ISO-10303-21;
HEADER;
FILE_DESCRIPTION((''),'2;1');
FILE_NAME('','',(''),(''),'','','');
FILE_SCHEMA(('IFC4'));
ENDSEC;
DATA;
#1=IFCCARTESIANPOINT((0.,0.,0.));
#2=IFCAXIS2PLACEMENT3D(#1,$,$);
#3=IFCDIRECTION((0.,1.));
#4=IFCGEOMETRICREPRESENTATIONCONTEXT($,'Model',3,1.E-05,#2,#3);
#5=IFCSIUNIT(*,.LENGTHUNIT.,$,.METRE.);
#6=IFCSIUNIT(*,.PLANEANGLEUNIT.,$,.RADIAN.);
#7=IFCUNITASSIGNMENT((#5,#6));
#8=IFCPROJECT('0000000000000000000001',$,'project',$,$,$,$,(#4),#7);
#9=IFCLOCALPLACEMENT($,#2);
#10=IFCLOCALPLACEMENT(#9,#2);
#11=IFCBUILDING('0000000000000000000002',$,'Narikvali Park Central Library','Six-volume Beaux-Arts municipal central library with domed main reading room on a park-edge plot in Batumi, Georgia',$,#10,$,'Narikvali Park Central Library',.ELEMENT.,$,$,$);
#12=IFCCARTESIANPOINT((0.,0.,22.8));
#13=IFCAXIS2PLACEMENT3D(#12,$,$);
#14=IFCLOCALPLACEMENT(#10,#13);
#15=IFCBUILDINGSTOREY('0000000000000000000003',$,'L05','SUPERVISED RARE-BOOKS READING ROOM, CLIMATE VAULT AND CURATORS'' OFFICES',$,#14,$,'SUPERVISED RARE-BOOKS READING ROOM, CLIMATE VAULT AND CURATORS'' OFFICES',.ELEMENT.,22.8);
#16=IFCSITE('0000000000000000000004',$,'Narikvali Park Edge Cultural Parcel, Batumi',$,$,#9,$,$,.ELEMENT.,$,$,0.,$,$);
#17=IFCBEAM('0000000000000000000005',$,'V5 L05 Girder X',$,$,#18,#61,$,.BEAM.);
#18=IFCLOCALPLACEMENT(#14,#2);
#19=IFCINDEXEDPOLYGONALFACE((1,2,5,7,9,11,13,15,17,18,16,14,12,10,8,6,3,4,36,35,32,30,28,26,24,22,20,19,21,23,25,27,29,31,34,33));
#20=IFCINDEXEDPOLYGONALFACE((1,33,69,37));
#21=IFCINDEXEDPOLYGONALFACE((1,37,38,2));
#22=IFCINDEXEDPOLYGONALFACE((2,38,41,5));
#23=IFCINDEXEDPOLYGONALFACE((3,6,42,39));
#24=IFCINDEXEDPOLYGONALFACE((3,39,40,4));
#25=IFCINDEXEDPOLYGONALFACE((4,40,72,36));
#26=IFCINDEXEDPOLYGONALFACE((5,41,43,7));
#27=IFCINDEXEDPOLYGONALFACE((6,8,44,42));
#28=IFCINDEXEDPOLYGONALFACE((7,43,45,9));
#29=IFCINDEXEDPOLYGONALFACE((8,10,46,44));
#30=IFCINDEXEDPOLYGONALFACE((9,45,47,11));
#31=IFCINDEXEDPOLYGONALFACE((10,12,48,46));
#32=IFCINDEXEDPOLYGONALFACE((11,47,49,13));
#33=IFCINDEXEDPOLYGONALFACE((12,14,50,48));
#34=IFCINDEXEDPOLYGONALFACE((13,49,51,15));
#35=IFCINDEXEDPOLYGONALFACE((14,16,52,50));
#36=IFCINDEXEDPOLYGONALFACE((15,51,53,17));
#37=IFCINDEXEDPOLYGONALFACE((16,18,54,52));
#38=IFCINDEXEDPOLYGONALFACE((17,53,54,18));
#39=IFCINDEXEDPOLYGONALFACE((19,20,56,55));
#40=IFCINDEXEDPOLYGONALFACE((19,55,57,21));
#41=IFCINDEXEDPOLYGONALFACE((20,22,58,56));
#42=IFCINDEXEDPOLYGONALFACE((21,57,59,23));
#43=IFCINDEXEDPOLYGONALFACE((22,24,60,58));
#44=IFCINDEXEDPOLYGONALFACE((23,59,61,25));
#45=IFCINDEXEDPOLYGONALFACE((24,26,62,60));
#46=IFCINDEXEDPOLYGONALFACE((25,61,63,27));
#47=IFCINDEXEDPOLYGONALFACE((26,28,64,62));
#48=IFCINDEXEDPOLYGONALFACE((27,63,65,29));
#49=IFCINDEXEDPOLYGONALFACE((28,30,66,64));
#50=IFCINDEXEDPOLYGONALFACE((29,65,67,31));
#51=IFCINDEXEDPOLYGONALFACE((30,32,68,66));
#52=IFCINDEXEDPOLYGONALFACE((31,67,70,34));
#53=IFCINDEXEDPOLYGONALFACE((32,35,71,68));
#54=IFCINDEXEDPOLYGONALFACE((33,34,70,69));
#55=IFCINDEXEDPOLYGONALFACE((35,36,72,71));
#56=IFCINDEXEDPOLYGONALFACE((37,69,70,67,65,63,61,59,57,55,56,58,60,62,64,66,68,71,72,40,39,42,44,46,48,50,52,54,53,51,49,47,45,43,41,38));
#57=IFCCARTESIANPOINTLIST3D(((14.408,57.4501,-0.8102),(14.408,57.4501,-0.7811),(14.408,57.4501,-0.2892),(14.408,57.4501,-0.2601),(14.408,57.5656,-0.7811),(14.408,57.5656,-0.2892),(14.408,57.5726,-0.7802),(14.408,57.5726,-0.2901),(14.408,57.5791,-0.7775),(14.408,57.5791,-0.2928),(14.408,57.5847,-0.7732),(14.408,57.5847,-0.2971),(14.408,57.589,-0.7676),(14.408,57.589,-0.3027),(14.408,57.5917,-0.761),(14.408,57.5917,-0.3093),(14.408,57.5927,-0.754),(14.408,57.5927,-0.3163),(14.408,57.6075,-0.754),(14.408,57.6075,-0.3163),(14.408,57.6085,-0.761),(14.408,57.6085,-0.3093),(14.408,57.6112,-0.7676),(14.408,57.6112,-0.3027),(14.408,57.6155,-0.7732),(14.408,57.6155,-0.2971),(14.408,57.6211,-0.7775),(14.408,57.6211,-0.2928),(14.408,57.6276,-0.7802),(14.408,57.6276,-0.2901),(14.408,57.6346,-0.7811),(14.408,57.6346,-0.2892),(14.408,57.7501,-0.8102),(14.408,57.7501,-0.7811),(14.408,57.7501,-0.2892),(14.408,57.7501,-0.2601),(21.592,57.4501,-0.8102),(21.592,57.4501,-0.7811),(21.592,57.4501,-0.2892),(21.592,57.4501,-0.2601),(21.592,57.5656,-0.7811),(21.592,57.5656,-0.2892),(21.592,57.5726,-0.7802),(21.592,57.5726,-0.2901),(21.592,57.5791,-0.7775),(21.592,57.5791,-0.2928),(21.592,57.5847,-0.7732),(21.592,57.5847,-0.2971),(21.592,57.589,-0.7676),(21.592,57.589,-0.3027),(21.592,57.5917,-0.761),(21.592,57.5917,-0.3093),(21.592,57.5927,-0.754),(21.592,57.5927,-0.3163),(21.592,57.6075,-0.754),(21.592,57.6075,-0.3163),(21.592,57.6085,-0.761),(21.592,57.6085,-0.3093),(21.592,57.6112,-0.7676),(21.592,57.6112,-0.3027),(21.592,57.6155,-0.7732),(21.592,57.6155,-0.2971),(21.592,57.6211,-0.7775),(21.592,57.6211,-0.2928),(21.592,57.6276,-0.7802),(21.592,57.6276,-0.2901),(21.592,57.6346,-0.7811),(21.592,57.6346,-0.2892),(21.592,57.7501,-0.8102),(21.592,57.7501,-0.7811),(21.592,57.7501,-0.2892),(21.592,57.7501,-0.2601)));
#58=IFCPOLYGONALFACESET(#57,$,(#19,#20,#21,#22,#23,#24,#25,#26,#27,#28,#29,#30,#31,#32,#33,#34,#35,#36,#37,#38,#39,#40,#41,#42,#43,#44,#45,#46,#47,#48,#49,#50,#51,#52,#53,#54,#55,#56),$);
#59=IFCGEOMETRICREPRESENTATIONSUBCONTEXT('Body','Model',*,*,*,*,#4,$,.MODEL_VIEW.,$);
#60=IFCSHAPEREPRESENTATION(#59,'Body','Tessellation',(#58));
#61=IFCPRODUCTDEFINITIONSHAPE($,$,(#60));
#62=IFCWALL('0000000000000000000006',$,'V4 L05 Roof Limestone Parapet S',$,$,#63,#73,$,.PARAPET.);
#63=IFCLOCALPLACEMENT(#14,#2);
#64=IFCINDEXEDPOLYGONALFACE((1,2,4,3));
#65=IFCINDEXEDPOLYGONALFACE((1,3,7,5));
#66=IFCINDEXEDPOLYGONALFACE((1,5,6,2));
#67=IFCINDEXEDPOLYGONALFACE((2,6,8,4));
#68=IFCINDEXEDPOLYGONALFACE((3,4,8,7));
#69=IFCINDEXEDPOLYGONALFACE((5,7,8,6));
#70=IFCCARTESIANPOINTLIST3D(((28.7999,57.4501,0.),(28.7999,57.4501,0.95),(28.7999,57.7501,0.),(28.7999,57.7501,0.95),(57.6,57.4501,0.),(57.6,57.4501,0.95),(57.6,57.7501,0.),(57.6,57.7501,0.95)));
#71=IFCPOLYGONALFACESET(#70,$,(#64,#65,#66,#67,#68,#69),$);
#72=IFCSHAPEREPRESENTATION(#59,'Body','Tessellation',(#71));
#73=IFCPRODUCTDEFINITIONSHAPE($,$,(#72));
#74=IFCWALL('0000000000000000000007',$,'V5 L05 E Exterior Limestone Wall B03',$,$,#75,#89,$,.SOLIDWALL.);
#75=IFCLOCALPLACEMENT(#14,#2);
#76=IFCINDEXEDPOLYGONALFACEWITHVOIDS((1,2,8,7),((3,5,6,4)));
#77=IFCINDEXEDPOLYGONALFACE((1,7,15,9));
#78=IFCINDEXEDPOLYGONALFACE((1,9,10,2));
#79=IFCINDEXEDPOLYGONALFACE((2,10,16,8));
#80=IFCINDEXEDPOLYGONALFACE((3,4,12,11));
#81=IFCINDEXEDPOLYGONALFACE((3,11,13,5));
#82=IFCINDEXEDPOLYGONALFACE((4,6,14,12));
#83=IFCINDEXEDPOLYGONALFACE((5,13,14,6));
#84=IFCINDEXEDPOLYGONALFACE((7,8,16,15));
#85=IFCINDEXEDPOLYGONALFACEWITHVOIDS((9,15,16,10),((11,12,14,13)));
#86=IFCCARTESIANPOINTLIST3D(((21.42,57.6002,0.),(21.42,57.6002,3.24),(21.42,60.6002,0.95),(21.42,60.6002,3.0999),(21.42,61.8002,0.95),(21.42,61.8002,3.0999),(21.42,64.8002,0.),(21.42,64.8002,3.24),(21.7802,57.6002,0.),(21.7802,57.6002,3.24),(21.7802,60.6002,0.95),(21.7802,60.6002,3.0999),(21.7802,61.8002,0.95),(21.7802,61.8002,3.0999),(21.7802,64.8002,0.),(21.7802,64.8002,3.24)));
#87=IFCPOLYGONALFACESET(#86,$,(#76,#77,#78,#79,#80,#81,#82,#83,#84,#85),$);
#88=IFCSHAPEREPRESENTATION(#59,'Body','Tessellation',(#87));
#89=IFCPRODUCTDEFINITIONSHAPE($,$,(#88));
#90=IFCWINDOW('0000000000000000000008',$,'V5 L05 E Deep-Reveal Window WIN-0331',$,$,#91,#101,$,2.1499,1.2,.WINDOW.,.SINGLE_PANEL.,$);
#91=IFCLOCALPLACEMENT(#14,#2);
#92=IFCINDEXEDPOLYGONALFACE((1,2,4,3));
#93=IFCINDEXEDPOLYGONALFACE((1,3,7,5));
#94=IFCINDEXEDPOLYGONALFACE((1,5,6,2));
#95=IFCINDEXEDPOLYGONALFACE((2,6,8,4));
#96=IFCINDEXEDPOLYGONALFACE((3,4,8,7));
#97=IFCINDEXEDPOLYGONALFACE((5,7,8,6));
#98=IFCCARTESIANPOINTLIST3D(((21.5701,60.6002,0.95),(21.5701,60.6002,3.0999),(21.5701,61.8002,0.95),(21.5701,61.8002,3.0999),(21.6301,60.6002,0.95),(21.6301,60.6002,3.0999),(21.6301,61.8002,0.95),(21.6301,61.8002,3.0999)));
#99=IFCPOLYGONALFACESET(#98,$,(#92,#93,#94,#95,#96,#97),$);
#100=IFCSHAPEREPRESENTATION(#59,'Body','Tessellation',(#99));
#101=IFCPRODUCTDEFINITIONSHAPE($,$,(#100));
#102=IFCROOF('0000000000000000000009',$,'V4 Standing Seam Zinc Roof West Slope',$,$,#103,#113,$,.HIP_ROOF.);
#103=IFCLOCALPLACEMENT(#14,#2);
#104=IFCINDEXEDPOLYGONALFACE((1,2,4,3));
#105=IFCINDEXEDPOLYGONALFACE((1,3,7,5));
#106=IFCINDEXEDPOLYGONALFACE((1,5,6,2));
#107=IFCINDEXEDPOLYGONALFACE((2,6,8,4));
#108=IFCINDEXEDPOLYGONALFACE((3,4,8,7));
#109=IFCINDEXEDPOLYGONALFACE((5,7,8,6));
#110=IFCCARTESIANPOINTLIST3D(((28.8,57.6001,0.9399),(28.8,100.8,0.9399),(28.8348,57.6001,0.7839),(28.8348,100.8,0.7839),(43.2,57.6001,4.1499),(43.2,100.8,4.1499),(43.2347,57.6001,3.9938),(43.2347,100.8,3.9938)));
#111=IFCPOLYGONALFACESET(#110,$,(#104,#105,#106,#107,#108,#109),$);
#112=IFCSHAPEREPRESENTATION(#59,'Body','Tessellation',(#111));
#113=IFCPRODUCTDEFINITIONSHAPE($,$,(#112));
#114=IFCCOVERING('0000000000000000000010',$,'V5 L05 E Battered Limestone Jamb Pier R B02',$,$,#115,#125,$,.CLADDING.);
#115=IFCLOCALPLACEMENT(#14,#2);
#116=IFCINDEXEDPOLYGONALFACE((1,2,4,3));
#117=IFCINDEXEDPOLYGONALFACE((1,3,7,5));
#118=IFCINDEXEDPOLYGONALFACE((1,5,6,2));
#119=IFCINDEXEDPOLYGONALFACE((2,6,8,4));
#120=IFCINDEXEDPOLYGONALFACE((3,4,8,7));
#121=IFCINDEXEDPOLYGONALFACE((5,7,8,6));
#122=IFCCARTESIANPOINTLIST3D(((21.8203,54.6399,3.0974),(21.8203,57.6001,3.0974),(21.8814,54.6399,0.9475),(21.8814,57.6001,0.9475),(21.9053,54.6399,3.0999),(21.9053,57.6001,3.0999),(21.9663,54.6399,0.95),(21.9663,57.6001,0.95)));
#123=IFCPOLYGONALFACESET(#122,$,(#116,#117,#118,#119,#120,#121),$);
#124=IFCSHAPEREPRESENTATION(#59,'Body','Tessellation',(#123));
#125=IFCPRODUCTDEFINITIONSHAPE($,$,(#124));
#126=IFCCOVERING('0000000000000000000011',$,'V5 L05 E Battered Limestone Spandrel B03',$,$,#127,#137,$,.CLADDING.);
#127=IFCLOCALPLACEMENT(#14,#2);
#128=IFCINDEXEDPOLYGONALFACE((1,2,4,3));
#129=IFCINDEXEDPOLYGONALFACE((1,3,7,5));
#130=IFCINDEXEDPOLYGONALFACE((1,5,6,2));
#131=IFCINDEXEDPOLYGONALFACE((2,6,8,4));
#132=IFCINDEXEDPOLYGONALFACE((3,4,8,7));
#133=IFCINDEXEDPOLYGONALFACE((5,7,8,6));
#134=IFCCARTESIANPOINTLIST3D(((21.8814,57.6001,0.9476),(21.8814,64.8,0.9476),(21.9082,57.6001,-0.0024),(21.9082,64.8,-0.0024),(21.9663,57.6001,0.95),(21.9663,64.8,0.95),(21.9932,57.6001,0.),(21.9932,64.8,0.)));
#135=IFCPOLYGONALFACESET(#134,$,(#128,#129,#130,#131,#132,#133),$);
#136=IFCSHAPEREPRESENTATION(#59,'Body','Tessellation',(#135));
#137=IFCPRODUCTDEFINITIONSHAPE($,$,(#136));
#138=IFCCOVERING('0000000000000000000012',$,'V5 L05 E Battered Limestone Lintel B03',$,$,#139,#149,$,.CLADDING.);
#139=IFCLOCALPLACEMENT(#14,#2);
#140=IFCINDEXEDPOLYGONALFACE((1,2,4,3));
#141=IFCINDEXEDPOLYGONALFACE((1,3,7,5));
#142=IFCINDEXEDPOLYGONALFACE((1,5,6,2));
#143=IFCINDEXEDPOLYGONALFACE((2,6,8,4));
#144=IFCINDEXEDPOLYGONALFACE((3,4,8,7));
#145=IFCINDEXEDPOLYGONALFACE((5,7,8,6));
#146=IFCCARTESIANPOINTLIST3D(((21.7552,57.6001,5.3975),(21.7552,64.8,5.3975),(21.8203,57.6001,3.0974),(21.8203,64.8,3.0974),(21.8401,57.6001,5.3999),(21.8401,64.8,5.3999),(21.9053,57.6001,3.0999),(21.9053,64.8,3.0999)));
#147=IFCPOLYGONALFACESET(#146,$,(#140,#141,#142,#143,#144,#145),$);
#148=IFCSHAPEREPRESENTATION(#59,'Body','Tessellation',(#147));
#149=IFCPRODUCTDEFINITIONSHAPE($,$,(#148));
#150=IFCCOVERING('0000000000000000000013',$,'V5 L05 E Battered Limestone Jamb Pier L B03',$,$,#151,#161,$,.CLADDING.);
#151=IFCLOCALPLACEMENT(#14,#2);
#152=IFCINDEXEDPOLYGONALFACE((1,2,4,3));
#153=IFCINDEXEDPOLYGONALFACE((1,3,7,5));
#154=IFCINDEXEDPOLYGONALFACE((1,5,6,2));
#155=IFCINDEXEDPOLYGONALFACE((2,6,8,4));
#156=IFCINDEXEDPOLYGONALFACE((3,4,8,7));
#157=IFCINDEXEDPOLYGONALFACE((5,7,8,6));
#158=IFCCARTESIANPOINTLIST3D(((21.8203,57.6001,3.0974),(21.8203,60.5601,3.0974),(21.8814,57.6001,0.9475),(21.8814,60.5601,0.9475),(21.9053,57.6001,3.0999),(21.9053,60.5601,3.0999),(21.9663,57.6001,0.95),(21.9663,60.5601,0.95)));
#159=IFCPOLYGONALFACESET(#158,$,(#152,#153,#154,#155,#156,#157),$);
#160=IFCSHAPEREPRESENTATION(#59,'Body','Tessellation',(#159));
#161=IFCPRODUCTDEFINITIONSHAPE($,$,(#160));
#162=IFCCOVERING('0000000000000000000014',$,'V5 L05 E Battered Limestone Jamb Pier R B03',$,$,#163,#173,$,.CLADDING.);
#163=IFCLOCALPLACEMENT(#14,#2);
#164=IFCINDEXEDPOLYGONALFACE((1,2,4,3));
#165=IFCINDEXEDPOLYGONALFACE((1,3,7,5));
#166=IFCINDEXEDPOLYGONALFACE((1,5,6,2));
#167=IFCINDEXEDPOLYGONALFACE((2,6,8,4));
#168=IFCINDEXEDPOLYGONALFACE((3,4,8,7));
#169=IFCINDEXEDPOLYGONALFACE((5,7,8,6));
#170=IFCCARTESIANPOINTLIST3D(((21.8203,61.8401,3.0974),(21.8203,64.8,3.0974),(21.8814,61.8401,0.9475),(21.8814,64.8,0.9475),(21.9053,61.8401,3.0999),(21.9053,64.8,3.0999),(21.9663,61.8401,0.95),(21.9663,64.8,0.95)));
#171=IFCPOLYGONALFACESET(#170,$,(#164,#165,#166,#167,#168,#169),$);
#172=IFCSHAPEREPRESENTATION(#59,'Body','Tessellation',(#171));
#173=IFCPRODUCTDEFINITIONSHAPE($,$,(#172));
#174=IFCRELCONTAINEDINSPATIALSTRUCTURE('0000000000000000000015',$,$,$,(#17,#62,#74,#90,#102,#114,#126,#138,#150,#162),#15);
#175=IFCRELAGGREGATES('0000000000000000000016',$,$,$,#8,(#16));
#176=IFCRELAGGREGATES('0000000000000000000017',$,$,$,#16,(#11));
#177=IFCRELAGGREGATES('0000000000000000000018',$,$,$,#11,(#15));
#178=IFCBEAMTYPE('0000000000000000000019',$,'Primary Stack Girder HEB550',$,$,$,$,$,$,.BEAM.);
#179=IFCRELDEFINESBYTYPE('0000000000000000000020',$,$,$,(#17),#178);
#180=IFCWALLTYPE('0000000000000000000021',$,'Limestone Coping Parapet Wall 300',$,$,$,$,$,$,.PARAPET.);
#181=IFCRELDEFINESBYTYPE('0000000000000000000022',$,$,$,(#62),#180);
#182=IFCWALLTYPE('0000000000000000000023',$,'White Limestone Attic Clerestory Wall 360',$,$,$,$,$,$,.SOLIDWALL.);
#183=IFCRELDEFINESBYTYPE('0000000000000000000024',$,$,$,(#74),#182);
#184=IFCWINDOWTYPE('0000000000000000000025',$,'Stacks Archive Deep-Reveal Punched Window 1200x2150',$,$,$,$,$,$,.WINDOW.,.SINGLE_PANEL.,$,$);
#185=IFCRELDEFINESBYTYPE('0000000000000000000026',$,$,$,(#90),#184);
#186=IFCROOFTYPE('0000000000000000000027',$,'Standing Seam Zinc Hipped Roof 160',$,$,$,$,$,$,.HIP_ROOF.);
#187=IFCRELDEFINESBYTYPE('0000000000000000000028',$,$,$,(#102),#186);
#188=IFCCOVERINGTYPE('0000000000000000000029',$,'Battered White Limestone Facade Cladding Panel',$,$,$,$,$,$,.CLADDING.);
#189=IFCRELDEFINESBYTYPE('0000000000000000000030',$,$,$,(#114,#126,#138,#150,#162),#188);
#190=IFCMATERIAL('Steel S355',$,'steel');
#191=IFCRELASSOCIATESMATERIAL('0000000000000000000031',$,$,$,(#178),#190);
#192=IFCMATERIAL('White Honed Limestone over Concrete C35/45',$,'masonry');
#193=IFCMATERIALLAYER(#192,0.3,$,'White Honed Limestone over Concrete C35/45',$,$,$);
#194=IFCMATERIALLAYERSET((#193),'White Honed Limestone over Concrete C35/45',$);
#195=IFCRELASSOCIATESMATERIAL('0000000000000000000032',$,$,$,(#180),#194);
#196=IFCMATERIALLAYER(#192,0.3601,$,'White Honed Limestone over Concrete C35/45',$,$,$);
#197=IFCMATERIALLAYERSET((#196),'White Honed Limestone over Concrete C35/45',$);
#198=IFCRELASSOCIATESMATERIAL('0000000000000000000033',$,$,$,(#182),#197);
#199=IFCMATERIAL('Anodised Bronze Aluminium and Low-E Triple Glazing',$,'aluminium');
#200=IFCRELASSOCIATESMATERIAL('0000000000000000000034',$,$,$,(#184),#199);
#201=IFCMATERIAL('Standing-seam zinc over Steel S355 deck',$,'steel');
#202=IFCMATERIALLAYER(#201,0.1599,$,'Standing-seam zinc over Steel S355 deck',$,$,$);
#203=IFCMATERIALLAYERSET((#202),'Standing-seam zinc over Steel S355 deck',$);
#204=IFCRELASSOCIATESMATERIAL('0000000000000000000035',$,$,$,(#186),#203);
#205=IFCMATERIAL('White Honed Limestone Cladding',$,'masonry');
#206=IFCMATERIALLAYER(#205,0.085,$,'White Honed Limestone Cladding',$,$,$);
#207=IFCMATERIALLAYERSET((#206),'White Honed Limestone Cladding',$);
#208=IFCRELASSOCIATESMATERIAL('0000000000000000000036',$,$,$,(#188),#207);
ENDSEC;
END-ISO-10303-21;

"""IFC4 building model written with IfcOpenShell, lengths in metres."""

from ifc_helpers import new_model, si_unit, direction, frame, frame_2d, origin, origin_2d, place, context, subcontext, project, spatial, polyline, rectangle, i_section, outline, extrude, material, layer, layer_set, material_profile, profile_set, type_object, element, fill, save


model = new_model("IFC4")

# Units and contexts
model_context = context("Model", 3, precision=1e-05, world=origin(), true_north=direction((0.0, 1.0)))
body_context = subcontext(model_context, "Body", "Model", "MODEL_VIEW")
ifc_project = project(units=[si_unit("LENGTHUNIT", "METRE"), si_unit("PLANEANGLEUNIT", "RADIAN")], contexts=[model_context])

# Site, building, storey
site_placement = place(None, origin())
site = spatial("IfcSite", under=ifc_project, at=site_placement, Name="Narikvali Park Edge Cultural Parcel, Batumi", CompositionType="ELEMENT", RefElevation=0.0)
building_placement = place(site_placement, origin())
building = spatial("IfcBuilding", under=site, at=building_placement, Name="Narikvali Park Central Library", Description="Six-volume Beaux-Arts municipal central library with domed main reading room on a park-edge plot in Batumi, Georgia", LongName="Narikvali Park Central Library", CompositionType="ELEMENT")
storey_placement = place(building_placement, frame((0.0, 0.0, 22.8)))
storey = spatial("IfcBuildingStorey", under=building, at=storey_placement, Name="L05", Description="SUPERVISED RARE-BOOKS READING ROOM, CLIMATE VAULT AND CURATORS' OFFICES", LongName="SUPERVISED RARE-BOOKS READING ROOM, CLIMATE VAULT AND CURATORS' OFFICES", CompositionType="ELEMENT", Elevation=22.8)

# Shared definitions
ifc_material_1 = material(Name="Steel S355", Category="steel")

# Beam
ifc_material_profile_1 = material_profile(ifc_material_1, i_section(OverallWidth=0.3, OverallDepth=0.55, WebThickness=0.0149, FlangeThickness=0.0291, FilletRadius=0.0271, at=origin_2d()), Name="HEB 550")
ifc_profile_set_1 = profile_set([ifc_material_profile_1], Name="Steel S355")
beam_type_1 = type_object("IfcBeamType", Name="Primary Stack Girder HEB550", PredefinedType="BEAM", material=ifc_profile_set_1)
beam_1_placement = place(storey_placement, frame((14.408, 57.6001, -0.5352), z_axis=(1.0, 0.0, 0.0), x_axis=(0.0, 1.0, 0.0)))
element("IfcBeam", 1, at=beam_1_placement, inside=storey, type_object=beam_type_1, Name="V5 L05 Girder X", PredefinedType="BEAM", context=body_context, shape_type="SweptSolid", body=[
    extrude(i_section(OverallWidth=0.3, OverallDepth=0.55, WebThickness=0.0149, FlangeThickness=0.0291, FilletRadius=0.0271, at=origin_2d()), origin(), (0.0, 0.0, 1.0), 7.1841),
])

# Wall
ifc_material_2 = material(Name="White Honed Limestone over Concrete C35/45", Category="masonry")
ifc_layer_1 = layer(ifc_material_2, 0.3, Name="White Honed Limestone over Concrete C35/45")
ifc_layer_set_1 = layer_set([ifc_layer_1], Name="White Honed Limestone over Concrete C35/45")
wall_type_1 = type_object("IfcWallType", Name="Limestone Coping Parapet Wall 300", PredefinedType="PARAPET", material=ifc_layer_set_1)
wall_1_placement = place(storey_placement, frame((28.8, 57.6001, 0.0), z_axis=(0.0, 0.0, 1.0), x_axis=(1.0, 0.0, 0.0)))
element("IfcWall", 2, at=wall_1_placement, inside=storey, type_object=wall_type_1, Name="V4 L05 Roof Limestone Parapet S", PredefinedType="PARAPET", context=body_context, shape_type="SweptSolid", body=[
    extrude(rectangle(XDim=28.8, YDim=0.3, at=frame_2d((14.3999, 0.0))), origin(), (0.0, 0.0, 1.0), 0.95),
])

# Wall, opening, window
ifc_layer_2 = layer(ifc_material_2, 0.3601, Name="White Honed Limestone over Concrete C35/45")
ifc_layer_set_2 = layer_set([ifc_layer_2], Name="White Honed Limestone over Concrete C35/45")
wall_type_2 = type_object("IfcWallType", Name="White Limestone Attic Clerestory Wall 360", PredefinedType="SOLIDWALL", material=ifc_layer_set_2)
wall_2_placement = place(storey_placement, frame((21.6001, 57.6001, 0.0), z_axis=(0.0, 0.0, 1.0), x_axis=(0.0, 1.0, 0.0)))
wall_2 = element("IfcWall", 3, at=wall_2_placement, inside=storey, type_object=wall_type_2, Name="V5 L05 E Exterior Limestone Wall B03", PredefinedType="SOLIDWALL", context=body_context, shape_type="SweptSolid", body=[
    extrude(rectangle(XDim=7.2, YDim=0.3601, at=frame_2d((3.6001, 0.0))), origin(), (0.0, 0.0, 1.0), 3.24),
])
opening_placement = place(wall_2_placement, frame((3.0, 0.0, 0.95)))
opening = element("IfcOpeningElement", 4, at=opening_placement, cuts=wall_2, PredefinedType="OPENING", context=body_context, shape_type="SweptSolid", body=[
    extrude(rectangle(XDim=1.2, YDim=2.1499, at=frame_2d((0.6001, 1.075))), frame((0.0, 0.1919, 0.0), z_axis=(0.0, -1.0, 0.0), x_axis=(1.0, 0.0, 0.0)), (0.0, 0.0, 1.0), 0.384),
])
ifc_material_3 = material(Name="Anodised Bronze Aluminium and Low-E Triple Glazing", Category="aluminium")
window_type = type_object("IfcWindowType", Name="Stacks Archive Deep-Reveal Punched Window 1200x2150", PartitioningType="SINGLE_PANEL", PredefinedType="WINDOW", material=ifc_material_3)
window_placement = place(opening_placement, origin())
window = element("IfcWindow", 5, at=window_placement, inside=storey, type_object=window_type, Name="V5 L05 E Deep-Reveal Window WIN-0331", OverallHeight=2.1499, OverallWidth=1.2, PartitioningType="SINGLE_PANEL", PredefinedType="WINDOW", context=body_context, shape_type="SweptSolid", body=[
    extrude(rectangle(XDim=1.2, YDim=2.1499, at=frame_2d((0.6001, 1.075))), frame((0.0, 0.03, 0.0), z_axis=(0.0, -1.0, 0.0), x_axis=(1.0, 0.0, 0.0)), (0.0, 0.0, 1.0), 0.0601),
])
fill(opening, window)

# Roof
ifc_material_4 = material(Name="Standing-seam zinc over Steel S355 deck", Category="steel")
ifc_layer_3 = layer(ifc_material_4, 0.1599, Name="Standing-seam zinc over Steel S355 deck")
ifc_layer_set_3 = layer_set([ifc_layer_3], Name="Standing-seam zinc over Steel S355 deck")
roof_type = type_object("IfcRoofType", Name="Standing Seam Zinc Hipped Roof 160", PredefinedType="HIP_ROOF", material=ifc_layer_set_3)
roof_placement = place(storey_placement, frame((28.8, 57.6001, 0.9399), z_axis=(-0.217575, 0.0, 0.976044), x_axis=(0.976044, 0.0, 0.217575)))
element("IfcRoof", 6, at=roof_placement, inside=storey, type_object=roof_type, Name="V4 Standing Seam Zinc Roof West Slope", PredefinedType="HIP_ROOF", context=body_context, shape_type="SweptSolid", body=[
    extrude(outline(polyline([(0.0, 0.0), (14.7533, 0.0), (14.7533, 43.2), (0.0, 43.2), (0.0, 0.0)])), origin(), (0.0, 0.0, -1.0), 0.1599),
])

# Coverings
ifc_material_5 = material(Name="White Honed Limestone Cladding", Category="masonry")
ifc_layer_4 = layer(ifc_material_5, 0.085, Name="White Honed Limestone Cladding")
ifc_layer_set_4 = layer_set([ifc_layer_4], Name="White Honed Limestone Cladding")
covering_type = type_object("IfcCoveringType", Name="Battered White Limestone Facade Cladding Panel", PredefinedType="CLADDING", material=ifc_layer_set_4)
covering_1_placement = place(storey_placement, frame((21.9663, 54.6399, 0.95), z_axis=(0.999597, 0.0, 0.028378), x_axis=(0.0, 1.0, 0.0)))
element("IfcCovering", 7, at=covering_1_placement, inside=storey, type_object=covering_type, Name="V5 L05 E Battered Limestone Jamb Pier R B02", PredefinedType="CLADDING", context=body_context, shape_type="SweptSolid", body=[
    extrude(outline(polyline([(0.0, 0.0), (2.9602, 0.0), (2.9602, 2.1508), (0.0, 2.1508), (0.0, 0.0)])), origin(), (0.0, 0.0, -1.0), 0.085),
])
covering_2_placement = place(storey_placement, frame((21.9932, 57.6001, 0.0), z_axis=(0.999601, 0.0, 0.028259), x_axis=(0.0, 1.0, 0.0)))
element("IfcCovering", 8, at=covering_2_placement, inside=storey, type_object=covering_type, Name="V5 L05 E Battered Limestone Spandrel B03", PredefinedType="CLADDING", context=body_context, shape_type="SweptSolid", body=[
    extrude(outline(polyline([(0.0, 0.0), (7.2, 0.0), (7.2, 0.9503), (0.0, 0.9503), (0.0, 0.0)])), origin(), (0.0, 0.0, -1.0), 0.085),
])
covering_3_placement = place(storey_placement, frame((21.9053, 57.6001, 3.0999), z_axis=(0.999599, 0.0, 0.02833), x_axis=(0.0, 1.0, 0.0)))
element("IfcCovering", 9, at=covering_3_placement, inside=storey, type_object=covering_type, Name="V5 L05 E Battered Limestone Lintel B03", PredefinedType="CLADDING", context=body_context, shape_type="SweptSolid", body=[
    extrude(outline(polyline([(0.0, 0.0), (7.2, 0.0), (7.2, 2.301), (0.0, 2.301), (0.0, 0.0)])), origin(), (0.0, 0.0, -1.0), 0.085),
])
for number, where, z_axis, x_axis, name in (
    (10, (21.9663, 57.6001, 0.95), (0.999597, 0.0, 0.028378), (0.0, 1.0, 0.0), "V5 L05 E Battered Limestone Jamb Pier L B03"),
    (11, (21.9663, 61.8401, 0.95), (0.999597, 0.0, 0.028378), (0.0, 1.0, 0.0), "V5 L05 E Battered Limestone Jamb Pier R B03"),
):
    element("IfcCovering", number, at=place(storey_placement, frame(where, z_axis=z_axis, x_axis=x_axis)), inside=storey, type_object=covering_type, Name=name, PredefinedType="CLADDING", context=body_context, shape_type="SweptSolid", body=[
        extrude(outline(polyline([(0.0, 0.0), (2.96, 0.0), (2.96, 2.1508), (0.0, 2.1508), (0.0, 0.0)])), origin(), (0.0, 0.0, -1.0), 0.085),
    ])

save(model, "model.ifc")
